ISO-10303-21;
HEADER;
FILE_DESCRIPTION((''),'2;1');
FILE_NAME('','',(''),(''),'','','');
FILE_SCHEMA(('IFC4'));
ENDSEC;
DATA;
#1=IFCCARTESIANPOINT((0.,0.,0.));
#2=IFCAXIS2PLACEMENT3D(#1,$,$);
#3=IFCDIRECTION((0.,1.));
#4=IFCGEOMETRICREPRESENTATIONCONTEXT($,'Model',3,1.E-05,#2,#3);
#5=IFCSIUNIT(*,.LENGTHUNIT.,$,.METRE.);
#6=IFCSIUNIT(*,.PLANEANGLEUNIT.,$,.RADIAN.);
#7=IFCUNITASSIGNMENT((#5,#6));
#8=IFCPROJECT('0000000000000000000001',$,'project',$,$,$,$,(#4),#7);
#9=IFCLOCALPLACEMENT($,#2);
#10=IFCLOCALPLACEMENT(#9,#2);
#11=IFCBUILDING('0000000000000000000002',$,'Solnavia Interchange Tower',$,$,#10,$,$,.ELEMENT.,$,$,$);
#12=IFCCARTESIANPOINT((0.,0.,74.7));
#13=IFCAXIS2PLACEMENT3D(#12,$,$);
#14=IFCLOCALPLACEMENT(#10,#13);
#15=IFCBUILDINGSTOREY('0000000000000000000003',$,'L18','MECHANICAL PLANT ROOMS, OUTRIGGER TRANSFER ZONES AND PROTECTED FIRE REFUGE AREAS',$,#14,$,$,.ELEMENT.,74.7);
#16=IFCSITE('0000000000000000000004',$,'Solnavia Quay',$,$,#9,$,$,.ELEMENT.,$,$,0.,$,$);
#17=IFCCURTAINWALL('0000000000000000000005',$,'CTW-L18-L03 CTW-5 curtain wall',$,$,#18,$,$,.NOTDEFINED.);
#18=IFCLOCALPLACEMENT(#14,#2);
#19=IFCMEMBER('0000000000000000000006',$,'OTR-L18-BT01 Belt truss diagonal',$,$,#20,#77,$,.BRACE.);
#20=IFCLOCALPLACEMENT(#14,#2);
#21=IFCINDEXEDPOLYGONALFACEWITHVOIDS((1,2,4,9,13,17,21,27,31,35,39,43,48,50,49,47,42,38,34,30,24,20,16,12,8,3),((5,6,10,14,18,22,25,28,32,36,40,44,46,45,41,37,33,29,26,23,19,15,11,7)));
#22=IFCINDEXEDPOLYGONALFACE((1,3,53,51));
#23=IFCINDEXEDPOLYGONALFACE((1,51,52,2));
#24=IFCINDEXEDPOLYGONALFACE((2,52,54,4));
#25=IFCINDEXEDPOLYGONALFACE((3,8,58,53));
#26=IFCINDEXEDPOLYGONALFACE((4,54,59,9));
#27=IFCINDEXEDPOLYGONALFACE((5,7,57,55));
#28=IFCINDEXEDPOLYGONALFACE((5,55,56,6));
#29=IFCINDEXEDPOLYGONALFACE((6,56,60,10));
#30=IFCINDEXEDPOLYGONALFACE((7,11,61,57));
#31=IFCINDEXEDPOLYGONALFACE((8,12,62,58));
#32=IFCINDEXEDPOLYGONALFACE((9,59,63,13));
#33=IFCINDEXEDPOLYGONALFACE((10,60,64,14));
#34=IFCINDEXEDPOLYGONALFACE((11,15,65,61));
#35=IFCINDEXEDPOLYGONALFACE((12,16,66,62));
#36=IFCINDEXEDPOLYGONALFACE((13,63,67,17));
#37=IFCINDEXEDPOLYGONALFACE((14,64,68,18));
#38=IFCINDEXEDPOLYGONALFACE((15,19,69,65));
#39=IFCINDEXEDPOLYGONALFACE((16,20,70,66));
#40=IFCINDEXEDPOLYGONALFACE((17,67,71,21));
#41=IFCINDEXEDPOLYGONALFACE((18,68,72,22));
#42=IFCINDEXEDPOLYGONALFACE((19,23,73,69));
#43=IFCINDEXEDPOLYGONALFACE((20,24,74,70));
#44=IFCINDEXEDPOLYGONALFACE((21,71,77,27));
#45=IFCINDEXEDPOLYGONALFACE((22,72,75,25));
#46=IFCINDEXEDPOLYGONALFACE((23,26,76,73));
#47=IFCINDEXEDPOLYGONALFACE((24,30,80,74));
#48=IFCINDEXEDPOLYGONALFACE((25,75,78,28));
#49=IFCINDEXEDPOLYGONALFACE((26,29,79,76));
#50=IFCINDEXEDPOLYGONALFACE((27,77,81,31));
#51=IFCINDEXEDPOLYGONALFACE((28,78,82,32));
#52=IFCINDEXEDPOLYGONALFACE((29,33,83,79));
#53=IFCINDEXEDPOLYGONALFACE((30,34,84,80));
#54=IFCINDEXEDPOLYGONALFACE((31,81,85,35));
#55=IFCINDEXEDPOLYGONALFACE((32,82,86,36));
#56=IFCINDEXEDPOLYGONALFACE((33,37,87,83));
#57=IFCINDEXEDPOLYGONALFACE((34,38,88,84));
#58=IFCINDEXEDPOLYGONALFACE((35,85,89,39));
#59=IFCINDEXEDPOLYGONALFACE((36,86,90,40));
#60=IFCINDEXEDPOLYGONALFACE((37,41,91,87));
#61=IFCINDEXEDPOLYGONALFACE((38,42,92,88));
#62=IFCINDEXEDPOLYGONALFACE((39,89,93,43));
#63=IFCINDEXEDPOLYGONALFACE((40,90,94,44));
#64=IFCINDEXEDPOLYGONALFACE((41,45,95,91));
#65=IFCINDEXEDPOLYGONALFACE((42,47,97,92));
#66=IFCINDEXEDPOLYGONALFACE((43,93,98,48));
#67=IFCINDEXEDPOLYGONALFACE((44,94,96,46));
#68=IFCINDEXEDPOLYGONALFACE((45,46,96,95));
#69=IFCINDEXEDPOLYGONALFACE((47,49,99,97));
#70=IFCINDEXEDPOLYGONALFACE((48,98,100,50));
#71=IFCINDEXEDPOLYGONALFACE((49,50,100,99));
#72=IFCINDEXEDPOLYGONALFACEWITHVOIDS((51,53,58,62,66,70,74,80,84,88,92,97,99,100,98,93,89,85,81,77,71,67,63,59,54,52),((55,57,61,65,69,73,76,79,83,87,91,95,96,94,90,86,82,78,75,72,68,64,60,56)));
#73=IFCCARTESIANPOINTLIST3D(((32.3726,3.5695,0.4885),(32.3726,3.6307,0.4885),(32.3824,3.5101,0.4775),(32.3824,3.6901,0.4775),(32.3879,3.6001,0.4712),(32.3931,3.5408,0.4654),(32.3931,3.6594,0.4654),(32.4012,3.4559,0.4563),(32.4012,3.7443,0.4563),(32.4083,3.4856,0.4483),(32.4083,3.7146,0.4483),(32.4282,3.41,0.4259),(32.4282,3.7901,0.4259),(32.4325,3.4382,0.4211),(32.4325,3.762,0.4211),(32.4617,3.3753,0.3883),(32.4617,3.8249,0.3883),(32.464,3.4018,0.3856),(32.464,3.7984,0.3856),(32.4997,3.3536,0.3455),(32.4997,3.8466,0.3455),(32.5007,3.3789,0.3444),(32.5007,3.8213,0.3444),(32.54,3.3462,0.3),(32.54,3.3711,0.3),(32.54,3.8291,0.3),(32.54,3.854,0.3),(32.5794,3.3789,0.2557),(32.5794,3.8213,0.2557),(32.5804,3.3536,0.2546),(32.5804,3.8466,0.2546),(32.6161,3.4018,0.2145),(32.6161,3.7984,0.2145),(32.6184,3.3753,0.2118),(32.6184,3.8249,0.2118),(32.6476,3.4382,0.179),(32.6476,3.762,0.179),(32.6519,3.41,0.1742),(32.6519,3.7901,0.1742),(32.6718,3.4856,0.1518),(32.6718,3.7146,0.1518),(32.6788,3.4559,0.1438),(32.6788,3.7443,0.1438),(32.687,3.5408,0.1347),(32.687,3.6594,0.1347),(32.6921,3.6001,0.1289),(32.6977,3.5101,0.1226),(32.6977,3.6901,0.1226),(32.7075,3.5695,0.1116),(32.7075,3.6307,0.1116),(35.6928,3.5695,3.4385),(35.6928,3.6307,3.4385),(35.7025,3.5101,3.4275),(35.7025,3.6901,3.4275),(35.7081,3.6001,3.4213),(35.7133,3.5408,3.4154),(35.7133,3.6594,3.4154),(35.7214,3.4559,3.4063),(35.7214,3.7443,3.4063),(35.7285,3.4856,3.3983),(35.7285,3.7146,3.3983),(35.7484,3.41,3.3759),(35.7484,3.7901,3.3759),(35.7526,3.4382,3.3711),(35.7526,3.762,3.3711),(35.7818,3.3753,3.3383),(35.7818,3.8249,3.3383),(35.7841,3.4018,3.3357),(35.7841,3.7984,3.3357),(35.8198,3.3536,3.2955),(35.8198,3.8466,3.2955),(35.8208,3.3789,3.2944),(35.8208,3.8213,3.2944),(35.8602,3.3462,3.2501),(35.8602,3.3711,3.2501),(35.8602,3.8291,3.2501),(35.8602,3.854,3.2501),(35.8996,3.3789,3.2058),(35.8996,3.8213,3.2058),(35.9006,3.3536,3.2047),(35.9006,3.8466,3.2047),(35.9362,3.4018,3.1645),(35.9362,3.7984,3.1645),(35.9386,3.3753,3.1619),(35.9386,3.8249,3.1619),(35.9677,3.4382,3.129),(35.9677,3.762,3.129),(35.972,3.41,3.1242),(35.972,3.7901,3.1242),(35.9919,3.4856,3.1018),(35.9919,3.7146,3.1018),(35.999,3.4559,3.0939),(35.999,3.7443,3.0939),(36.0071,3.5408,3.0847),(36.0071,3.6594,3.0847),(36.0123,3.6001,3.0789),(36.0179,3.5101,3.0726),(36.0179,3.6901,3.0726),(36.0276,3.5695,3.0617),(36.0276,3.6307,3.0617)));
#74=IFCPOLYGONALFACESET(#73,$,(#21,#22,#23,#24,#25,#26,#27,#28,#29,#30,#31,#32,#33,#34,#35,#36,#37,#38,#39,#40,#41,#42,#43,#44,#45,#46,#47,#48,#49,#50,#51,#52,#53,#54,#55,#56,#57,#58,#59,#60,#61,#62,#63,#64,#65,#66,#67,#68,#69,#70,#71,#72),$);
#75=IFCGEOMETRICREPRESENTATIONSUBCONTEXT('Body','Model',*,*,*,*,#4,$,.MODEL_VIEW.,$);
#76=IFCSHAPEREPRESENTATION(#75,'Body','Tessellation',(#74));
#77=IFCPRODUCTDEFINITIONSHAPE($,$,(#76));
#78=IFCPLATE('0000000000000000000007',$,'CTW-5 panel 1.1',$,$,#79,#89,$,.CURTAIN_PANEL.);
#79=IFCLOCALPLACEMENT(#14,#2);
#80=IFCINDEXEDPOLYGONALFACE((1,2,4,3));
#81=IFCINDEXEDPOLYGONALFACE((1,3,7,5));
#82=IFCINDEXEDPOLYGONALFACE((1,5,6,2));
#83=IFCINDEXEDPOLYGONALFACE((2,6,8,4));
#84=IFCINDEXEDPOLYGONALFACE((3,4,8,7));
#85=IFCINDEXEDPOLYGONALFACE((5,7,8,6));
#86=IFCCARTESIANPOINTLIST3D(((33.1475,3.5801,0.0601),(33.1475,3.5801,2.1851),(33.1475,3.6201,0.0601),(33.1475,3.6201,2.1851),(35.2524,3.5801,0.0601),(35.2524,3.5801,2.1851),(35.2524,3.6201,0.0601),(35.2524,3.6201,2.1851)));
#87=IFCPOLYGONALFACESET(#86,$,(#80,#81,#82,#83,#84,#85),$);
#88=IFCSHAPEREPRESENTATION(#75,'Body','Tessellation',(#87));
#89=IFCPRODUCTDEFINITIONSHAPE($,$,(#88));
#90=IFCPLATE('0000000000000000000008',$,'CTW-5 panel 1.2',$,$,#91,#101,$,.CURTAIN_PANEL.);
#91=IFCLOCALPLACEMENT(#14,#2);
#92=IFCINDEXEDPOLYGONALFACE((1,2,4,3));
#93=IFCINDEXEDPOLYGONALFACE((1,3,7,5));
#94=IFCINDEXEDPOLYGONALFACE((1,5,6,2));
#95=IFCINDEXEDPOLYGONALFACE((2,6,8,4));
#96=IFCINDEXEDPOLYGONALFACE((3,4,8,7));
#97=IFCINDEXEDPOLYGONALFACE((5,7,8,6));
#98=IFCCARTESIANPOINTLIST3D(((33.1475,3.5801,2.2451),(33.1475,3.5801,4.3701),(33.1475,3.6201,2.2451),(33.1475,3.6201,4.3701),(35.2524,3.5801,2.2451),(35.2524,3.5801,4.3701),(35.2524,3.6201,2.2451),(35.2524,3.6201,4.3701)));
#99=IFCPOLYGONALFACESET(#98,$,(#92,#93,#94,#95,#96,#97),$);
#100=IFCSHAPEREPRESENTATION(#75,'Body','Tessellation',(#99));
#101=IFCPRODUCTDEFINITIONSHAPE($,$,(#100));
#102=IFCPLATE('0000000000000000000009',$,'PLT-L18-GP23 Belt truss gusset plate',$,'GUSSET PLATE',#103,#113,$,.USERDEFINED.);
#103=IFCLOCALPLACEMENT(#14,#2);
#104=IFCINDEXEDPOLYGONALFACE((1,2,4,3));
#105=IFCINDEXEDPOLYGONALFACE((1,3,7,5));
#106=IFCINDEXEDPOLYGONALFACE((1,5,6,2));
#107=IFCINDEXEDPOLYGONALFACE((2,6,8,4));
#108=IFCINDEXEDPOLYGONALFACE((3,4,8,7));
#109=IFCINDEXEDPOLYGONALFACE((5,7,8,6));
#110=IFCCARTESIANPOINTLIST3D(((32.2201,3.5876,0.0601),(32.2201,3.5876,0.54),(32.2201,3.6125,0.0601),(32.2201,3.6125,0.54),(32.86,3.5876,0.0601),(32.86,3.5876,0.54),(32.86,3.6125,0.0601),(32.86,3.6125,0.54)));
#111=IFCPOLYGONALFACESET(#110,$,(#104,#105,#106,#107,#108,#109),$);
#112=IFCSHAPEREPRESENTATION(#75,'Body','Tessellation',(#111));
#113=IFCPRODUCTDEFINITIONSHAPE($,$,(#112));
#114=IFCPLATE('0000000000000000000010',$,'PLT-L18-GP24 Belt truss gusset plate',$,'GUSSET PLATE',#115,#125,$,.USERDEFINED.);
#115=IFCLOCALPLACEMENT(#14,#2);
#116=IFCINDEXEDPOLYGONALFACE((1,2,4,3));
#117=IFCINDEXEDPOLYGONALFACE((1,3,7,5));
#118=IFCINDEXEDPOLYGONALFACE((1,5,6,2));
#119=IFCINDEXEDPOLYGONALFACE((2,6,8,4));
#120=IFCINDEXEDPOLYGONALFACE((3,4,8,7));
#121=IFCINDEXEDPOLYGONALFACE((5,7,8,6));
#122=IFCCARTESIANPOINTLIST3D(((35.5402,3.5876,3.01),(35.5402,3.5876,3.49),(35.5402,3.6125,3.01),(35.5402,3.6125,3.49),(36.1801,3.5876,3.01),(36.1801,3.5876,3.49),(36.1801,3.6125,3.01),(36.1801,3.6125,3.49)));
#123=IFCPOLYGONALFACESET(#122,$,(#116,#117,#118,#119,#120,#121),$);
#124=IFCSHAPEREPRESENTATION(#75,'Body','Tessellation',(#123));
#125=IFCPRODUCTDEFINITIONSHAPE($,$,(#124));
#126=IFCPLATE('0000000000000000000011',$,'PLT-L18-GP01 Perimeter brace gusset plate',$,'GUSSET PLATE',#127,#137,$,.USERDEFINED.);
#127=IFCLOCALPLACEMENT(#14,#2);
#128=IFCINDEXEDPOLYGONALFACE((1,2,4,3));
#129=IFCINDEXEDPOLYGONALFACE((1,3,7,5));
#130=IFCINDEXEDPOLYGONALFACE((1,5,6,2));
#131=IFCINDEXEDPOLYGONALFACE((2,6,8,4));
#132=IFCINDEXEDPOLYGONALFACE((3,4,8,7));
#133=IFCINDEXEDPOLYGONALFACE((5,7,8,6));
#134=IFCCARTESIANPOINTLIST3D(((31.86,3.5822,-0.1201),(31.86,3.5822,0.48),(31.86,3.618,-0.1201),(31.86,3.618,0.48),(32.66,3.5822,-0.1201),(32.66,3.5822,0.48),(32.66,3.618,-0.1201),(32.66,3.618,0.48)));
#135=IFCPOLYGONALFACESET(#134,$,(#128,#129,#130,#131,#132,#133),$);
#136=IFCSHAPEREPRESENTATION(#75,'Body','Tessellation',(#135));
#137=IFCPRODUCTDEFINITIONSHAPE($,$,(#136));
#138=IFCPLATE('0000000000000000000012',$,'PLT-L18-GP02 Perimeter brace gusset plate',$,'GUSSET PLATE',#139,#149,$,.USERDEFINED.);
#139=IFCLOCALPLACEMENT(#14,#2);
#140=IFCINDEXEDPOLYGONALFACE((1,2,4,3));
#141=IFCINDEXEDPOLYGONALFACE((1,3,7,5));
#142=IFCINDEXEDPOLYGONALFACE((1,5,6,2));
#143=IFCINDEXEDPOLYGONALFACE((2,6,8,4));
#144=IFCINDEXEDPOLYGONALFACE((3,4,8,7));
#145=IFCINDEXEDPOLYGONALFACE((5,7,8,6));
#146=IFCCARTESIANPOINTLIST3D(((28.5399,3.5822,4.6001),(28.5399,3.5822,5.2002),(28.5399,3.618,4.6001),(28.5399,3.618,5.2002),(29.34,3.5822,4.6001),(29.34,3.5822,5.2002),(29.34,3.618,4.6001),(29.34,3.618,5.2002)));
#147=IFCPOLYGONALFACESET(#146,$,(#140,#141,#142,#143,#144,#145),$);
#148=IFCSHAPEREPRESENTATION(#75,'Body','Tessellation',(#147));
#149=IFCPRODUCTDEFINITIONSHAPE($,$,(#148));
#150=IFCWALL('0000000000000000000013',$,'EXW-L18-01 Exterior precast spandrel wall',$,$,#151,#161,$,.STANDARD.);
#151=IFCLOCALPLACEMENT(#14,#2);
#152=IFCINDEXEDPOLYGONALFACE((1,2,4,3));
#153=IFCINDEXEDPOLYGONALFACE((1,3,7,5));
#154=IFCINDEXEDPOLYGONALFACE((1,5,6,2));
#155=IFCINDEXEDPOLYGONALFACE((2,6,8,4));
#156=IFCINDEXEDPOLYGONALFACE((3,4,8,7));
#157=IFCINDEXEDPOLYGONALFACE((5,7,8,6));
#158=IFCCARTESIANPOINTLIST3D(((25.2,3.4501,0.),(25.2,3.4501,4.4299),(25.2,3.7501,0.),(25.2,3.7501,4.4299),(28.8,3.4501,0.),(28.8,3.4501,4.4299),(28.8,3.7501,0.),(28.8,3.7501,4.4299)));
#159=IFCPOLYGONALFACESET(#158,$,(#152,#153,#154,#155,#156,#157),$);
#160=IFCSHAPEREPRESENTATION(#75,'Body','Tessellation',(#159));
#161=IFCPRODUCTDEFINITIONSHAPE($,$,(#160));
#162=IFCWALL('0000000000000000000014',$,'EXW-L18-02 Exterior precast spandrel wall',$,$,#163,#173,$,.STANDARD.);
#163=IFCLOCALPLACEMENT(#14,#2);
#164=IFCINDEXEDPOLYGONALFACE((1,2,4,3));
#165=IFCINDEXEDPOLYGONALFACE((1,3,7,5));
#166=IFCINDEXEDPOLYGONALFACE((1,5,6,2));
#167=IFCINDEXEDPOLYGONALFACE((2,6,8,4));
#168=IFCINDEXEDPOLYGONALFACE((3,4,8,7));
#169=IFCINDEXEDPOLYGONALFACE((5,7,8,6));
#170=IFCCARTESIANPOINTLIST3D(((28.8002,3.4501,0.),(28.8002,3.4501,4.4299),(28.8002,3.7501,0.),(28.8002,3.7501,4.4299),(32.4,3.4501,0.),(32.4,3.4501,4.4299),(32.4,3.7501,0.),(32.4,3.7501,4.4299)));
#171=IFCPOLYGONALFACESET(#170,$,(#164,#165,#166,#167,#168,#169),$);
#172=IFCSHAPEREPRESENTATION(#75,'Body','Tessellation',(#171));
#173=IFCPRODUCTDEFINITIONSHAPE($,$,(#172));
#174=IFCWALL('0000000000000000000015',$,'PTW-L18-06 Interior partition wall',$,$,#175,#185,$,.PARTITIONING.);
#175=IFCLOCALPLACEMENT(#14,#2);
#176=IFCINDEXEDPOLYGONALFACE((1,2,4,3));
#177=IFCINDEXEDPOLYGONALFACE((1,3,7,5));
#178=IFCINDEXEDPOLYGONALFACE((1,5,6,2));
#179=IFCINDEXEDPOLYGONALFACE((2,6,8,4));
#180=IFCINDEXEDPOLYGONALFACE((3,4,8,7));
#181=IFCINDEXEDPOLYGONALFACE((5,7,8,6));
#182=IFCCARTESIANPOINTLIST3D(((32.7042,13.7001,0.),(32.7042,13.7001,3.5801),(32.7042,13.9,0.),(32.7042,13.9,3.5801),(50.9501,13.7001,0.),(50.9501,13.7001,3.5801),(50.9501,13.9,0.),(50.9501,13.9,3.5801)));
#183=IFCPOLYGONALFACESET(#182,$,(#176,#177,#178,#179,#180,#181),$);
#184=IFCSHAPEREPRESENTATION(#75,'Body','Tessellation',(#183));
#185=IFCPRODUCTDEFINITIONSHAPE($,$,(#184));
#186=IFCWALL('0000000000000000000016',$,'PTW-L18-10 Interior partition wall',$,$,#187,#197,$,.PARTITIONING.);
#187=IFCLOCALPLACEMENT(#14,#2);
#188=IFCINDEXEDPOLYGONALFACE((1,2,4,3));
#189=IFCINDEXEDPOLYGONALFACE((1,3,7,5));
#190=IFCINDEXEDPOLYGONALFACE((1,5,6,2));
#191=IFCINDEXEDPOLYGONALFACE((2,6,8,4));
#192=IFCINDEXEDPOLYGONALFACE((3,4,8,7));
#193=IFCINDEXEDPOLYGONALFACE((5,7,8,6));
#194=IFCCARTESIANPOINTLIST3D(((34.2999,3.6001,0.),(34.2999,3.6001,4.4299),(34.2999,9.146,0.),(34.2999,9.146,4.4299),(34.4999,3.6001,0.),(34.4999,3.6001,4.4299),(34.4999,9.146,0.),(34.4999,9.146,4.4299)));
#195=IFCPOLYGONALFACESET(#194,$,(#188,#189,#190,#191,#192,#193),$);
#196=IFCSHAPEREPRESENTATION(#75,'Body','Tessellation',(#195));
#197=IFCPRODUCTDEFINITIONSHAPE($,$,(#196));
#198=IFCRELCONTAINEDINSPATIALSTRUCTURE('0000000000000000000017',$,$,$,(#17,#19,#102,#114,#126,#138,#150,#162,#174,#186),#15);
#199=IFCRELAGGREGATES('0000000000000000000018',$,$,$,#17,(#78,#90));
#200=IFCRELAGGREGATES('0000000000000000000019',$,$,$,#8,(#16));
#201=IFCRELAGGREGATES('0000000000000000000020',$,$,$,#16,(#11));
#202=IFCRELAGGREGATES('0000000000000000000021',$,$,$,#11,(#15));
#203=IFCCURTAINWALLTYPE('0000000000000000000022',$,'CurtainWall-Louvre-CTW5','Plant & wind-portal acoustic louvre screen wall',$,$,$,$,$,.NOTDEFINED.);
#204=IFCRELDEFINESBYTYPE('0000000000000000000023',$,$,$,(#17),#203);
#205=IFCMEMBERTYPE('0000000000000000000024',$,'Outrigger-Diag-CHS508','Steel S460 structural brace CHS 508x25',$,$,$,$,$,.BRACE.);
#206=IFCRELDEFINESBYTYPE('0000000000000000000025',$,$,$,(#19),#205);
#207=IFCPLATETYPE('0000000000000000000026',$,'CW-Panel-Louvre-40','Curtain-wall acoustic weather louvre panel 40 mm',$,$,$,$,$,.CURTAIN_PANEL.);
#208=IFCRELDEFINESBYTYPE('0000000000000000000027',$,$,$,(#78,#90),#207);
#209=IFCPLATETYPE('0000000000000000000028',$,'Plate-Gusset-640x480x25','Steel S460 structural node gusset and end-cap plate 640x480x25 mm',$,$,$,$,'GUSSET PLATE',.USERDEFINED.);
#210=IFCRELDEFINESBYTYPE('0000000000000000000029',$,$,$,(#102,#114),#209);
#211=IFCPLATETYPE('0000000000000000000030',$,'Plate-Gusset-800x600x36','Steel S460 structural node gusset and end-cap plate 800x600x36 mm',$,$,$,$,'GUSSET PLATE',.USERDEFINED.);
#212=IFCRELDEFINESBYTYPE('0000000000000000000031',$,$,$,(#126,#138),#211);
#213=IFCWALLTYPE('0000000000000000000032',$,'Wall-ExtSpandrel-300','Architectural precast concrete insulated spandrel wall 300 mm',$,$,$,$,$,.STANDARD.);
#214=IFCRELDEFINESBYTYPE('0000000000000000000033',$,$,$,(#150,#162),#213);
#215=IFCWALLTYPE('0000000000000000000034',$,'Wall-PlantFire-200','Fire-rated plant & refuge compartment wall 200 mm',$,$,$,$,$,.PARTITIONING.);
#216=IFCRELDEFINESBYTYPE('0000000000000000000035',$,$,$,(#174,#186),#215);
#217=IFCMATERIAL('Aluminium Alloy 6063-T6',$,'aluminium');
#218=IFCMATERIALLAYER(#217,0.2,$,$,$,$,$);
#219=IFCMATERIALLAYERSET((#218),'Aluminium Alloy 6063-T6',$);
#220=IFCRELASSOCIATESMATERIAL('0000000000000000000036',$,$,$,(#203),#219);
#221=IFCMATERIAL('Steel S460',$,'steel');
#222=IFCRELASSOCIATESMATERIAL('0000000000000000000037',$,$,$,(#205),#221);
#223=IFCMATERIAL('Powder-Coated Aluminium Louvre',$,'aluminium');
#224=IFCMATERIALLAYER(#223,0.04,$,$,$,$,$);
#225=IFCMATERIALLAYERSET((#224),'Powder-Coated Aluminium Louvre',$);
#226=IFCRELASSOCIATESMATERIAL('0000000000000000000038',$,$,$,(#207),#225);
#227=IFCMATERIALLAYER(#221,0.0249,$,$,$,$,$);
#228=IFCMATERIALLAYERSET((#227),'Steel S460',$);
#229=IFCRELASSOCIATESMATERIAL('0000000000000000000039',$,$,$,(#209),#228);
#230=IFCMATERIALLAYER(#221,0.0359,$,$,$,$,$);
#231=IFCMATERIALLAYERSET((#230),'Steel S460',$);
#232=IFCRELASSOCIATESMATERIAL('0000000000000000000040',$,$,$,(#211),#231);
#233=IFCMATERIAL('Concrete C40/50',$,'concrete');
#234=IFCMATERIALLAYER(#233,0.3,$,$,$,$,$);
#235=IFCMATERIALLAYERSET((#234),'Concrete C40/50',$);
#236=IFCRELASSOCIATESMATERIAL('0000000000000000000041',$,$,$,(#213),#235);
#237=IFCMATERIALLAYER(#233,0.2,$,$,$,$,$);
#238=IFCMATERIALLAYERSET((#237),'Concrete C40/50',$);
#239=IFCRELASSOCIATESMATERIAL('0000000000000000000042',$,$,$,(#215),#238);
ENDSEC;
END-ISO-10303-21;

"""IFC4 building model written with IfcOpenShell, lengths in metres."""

from ifc_helpers import new_model, si_unit, direction, frame, frame_2d, origin, origin_2d, place, context, subcontext, project, spatial, rectangle, hollow_circle, extrude, material, layer, layer_set, material_profile, profile_set, type_object, element, aggregate, save


model = new_model("IFC4")

# Units and contexts
model_context = context("Model", 3, precision=1e-05, world=origin(), true_north=direction((0.0, 1.0)))
body_context = subcontext(model_context, "Body", "Model", "MODEL_VIEW")
ifc_project = project(units=[si_unit("LENGTHUNIT", "METRE"), si_unit("PLANEANGLEUNIT", "RADIAN")], contexts=[model_context])

# Site, building, storey
site_placement = place(None, origin())
site = spatial("IfcSite", under=ifc_project, at=site_placement, Name="Solnavia Quay", CompositionType="ELEMENT", RefElevation=0.0)
building_placement = place(site_placement, origin())
building = spatial("IfcBuilding", under=site, at=building_placement, Name="Solnavia Interchange Tower", CompositionType="ELEMENT")
storey_placement = place(building_placement, frame((0.0, 0.0, 74.7)))
storey = spatial("IfcBuildingStorey", under=building, at=storey_placement, Name="L18", Description="MECHANICAL PLANT ROOMS, OUTRIGGER TRANSFER ZONES AND PROTECTED FIRE REFUGE AREAS", CompositionType="ELEMENT", Elevation=74.7)

# Shared definitions
ifc_material_1 = material(Name="Steel S460", Category="steel")

# Curtain wall
ifc_material_2 = material(Name="Aluminium Alloy 6063-T6", Category="aluminium")
ifc_layer_1 = layer(ifc_material_2, 0.2)
ifc_layer_set_1 = layer_set([ifc_layer_1], Name="Aluminium Alloy 6063-T6")
curtain_wall_type = type_object("IfcCurtainWallType", Name="CurtainWall-Louvre-CTW5", Description="Plant & wind-portal acoustic louvre screen wall", PredefinedType="NOTDEFINED", material=ifc_layer_set_1)
curtain_wall_placement = place(storey_placement, origin())
curtain_wall = element("IfcCurtainWall", 1, at=curtain_wall_placement, inside=storey, type_object=curtain_wall_type, Name="CTW-L18-L03 CTW-5 curtain wall", PredefinedType="NOTDEFINED")

# Member
ifc_material_profile_1 = material_profile(ifc_material_1, hollow_circle(Radius=0.2539, WallThickness=0.0249, at=origin_2d()), Name="CHS 508x25")
ifc_profile_set_1 = profile_set([ifc_material_profile_1], Name="Steel S460")
member_type_1 = type_object("IfcMemberType", Name="Outrigger-Diag-CHS508", Description="Steel S460 structural brace CHS 508x25", PredefinedType="BRACE", material=ifc_profile_set_1)
member_1_placement = place(storey_placement, frame((32.54, 3.6001, 0.3), z_axis=(0.747546, 0.0, 0.66421), x_axis=(0.0, 1.0, 0.0)))
element("IfcMember", 2, at=member_1_placement, inside=storey, type_object=member_type_1, Name="OTR-L18-BT01 Belt truss diagonal", PredefinedType="BRACE", context=body_context, shape_type="SweptSolid", body=[
    extrude(hollow_circle(Radius=0.2539, WallThickness=0.0249, at=origin_2d()), origin(), (0.0, 0.0, 1.0), 4.4414),
])

# Plates
ifc_material_3 = material(Name="Powder-Coated Aluminium Louvre", Category="aluminium")
ifc_layer_2 = layer(ifc_material_3, 0.04)
ifc_layer_set_2 = layer_set([ifc_layer_2], Name="Powder-Coated Aluminium Louvre")
plate_type_1 = type_object("IfcPlateType", Name="CW-Panel-Louvre-40", Description="Curtain-wall acoustic weather louvre panel 40 mm", PredefinedType="CURTAIN_PANEL", material=ifc_layer_set_2)
plate_1_placement = place(storey_placement, frame((34.2, 3.6001, 0.0601), z_axis=(0.0, 0.0, 1.0), x_axis=(1.0, 0.0, 0.0)))
plate_1 = element("IfcPlate", 3, at=plate_1_placement, type_object=plate_type_1, Name="CTW-5 panel 1.1", PredefinedType="CURTAIN_PANEL", context=body_context, shape_type="SweptSolid", body=[
    extrude(rectangle(XDim=2.105, YDim=0.04, at=origin_2d()), origin(), (0.0, 0.0, 1.0), 2.125),
])
plate_2_placement = place(storey_placement, frame((34.2, 3.6001, 2.2451), z_axis=(0.0, 0.0, 1.0), x_axis=(1.0, 0.0, 0.0)))
plate_2 = element("IfcPlate", 4, at=plate_2_placement, type_object=plate_type_1, Name="CTW-5 panel 1.2", PredefinedType="CURTAIN_PANEL", context=body_context, shape_type="SweptSolid", body=[
    extrude(rectangle(XDim=2.105, YDim=0.04, at=origin_2d()), origin(), (0.0, 0.0, 1.0), 2.125),
])
aggregate(curtain_wall, [plate_1, plate_2])

# Plates
ifc_layer_3 = layer(ifc_material_1, 0.0249)
ifc_layer_set_3 = layer_set([ifc_layer_3], Name="Steel S460")
plate_type_2 = type_object("IfcPlateType", Name="Plate-Gusset-640x480x25", Description="Steel S460 structural node gusset and end-cap plate 640x480x25 mm", ElementType="GUSSET PLATE", PredefinedType="USERDEFINED", material=ifc_layer_set_3)
for number, where, z_axis, x_axis, name in (
    (5, (32.54, 3.6001, 0.0601), (0.0, 0.0, 1.0), (1.0, 0.0, 0.0), "PLT-L18-GP23 Belt truss gusset plate"),
    (6, (35.8601, 3.6001, 3.01), (0.0, 0.0, 1.0), (1.0, 0.0, 0.0), "PLT-L18-GP24 Belt truss gusset plate"),
):
    element("IfcPlate", number, at=place(storey_placement, frame(where, z_axis=z_axis, x_axis=x_axis)), inside=storey, type_object=plate_type_2, Name=name, ObjectType="GUSSET PLATE", PredefinedType="USERDEFINED", context=body_context, shape_type="SweptSolid", body=[
        extrude(rectangle(XDim=0.6399, YDim=0.0249, at=origin_2d()), origin(), (0.0, 0.0, 1.0), 0.48),
    ])
ifc_layer_4 = layer(ifc_material_1, 0.0359)
ifc_layer_set_4 = layer_set([ifc_layer_4], Name="Steel S460")
plate_type_3 = type_object("IfcPlateType", Name="Plate-Gusset-800x600x36", Description="Steel S460 structural node gusset and end-cap plate 800x600x36 mm", ElementType="GUSSET PLATE", PredefinedType="USERDEFINED", material=ifc_layer_set_4)
for number, where, z_axis, x_axis, name in (
    (7, (32.26, 3.6001, -0.1201), (0.0, 0.0, 1.0), (-1.0, 0.0, 0.0), "PLT-L18-GP01 Perimeter brace gusset plate"),
    (8, (28.9399, 3.6001, 4.6001), (0.0, 0.0, 1.0), (-1.0, 0.0, 0.0), "PLT-L18-GP02 Perimeter brace gusset plate"),
):
    element("IfcPlate", number, at=place(storey_placement, frame(where, z_axis=z_axis, x_axis=x_axis)), inside=storey, type_object=plate_type_3, Name=name, ObjectType="GUSSET PLATE", PredefinedType="USERDEFINED", context=body_context, shape_type="SweptSolid", body=[
        extrude(rectangle(XDim=0.8, YDim=0.0359, at=origin_2d()), origin(), (0.0, 0.0, 1.0), 0.6001),
    ])

# Walls
ifc_material_4 = material(Name="Concrete C40/50", Category="concrete")
ifc_layer_5 = layer(ifc_material_4, 0.3)
ifc_layer_set_5 = layer_set([ifc_layer_5], Name="Concrete C40/50")
wall_type_1 = type_object("IfcWallType", Name="Wall-ExtSpandrel-300", Description="Architectural precast concrete insulated spandrel wall 300 mm", PredefinedType="STANDARD", material=ifc_layer_set_5)
wall_1_placement = place(storey_placement, frame((28.8, 3.6001, 0.0), z_axis=(0.0, 0.0, 1.0), x_axis=(-1.0, 0.0, 0.0)))
element("IfcWall", 9, at=wall_1_placement, inside=storey, type_object=wall_type_1, Name="EXW-L18-01 Exterior precast spandrel wall", PredefinedType="STANDARD", context=body_context, shape_type="SweptSolid", body=[
    extrude(rectangle(XDim=3.6001, YDim=0.3, at=frame_2d((1.8, 0.0))), origin(), (0.0, 0.0, 1.0), 4.4299),
])
wall_2_placement = place(storey_placement, frame((32.3999, 3.6001, 0.0), z_axis=(0.0, 0.0, 1.0), x_axis=(-1.0, 0.0, 0.0)))
element("IfcWall", 10, at=wall_2_placement, inside=storey, type_object=wall_type_1, Name="EXW-L18-02 Exterior precast spandrel wall", PredefinedType="STANDARD", context=body_context, shape_type="SweptSolid", body=[
    extrude(rectangle(XDim=3.5999, YDim=0.3, at=frame_2d((1.7998, 0.0))), origin(), (0.0, 0.0, 1.0), 4.4299),
])
ifc_layer_6 = layer(ifc_material_4, 0.2)
ifc_layer_set_6 = layer_set([ifc_layer_6], Name="Concrete C40/50")
wall_type_2 = type_object("IfcWallType", Name="Wall-PlantFire-200", Description="Fire-rated plant & refuge compartment wall 200 mm", PredefinedType="PARTITIONING", material=ifc_layer_set_6)
wall_3_placement = place(storey_placement, frame((32.7041, 13.8, 0.0), z_axis=(0.0, 0.0, 1.0), x_axis=(1.0, 0.0, 0.0)))
element("IfcWall", 11, at=wall_3_placement, inside=storey, type_object=wall_type_2, Name="PTW-L18-06 Interior partition wall", PredefinedType="PARTITIONING", context=body_context, shape_type="SweptSolid", body=[
    extrude(rectangle(XDim=18.2458, YDim=0.2, at=frame_2d((9.123, 0.0))), origin(), (0.0, 0.0, 1.0), 3.5801),
])
wall_4_placement = place(storey_placement, frame((34.3999, 3.6001, 0.0), z_axis=(0.0, 0.0, 1.0), x_axis=(0.0, 1.0, 0.0)))
element("IfcWall", 12, at=wall_4_placement, inside=storey, type_object=wall_type_2, Name="PTW-L18-10 Interior partition wall", PredefinedType="PARTITIONING", context=body_context, shape_type="SweptSolid", body=[
    extrude(rectangle(XDim=5.5459, YDim=0.2, at=frame_2d((2.7729, 0.0))), origin(), (0.0, 0.0, 1.0), 4.4299),
])

save(model, "model.ifc")
